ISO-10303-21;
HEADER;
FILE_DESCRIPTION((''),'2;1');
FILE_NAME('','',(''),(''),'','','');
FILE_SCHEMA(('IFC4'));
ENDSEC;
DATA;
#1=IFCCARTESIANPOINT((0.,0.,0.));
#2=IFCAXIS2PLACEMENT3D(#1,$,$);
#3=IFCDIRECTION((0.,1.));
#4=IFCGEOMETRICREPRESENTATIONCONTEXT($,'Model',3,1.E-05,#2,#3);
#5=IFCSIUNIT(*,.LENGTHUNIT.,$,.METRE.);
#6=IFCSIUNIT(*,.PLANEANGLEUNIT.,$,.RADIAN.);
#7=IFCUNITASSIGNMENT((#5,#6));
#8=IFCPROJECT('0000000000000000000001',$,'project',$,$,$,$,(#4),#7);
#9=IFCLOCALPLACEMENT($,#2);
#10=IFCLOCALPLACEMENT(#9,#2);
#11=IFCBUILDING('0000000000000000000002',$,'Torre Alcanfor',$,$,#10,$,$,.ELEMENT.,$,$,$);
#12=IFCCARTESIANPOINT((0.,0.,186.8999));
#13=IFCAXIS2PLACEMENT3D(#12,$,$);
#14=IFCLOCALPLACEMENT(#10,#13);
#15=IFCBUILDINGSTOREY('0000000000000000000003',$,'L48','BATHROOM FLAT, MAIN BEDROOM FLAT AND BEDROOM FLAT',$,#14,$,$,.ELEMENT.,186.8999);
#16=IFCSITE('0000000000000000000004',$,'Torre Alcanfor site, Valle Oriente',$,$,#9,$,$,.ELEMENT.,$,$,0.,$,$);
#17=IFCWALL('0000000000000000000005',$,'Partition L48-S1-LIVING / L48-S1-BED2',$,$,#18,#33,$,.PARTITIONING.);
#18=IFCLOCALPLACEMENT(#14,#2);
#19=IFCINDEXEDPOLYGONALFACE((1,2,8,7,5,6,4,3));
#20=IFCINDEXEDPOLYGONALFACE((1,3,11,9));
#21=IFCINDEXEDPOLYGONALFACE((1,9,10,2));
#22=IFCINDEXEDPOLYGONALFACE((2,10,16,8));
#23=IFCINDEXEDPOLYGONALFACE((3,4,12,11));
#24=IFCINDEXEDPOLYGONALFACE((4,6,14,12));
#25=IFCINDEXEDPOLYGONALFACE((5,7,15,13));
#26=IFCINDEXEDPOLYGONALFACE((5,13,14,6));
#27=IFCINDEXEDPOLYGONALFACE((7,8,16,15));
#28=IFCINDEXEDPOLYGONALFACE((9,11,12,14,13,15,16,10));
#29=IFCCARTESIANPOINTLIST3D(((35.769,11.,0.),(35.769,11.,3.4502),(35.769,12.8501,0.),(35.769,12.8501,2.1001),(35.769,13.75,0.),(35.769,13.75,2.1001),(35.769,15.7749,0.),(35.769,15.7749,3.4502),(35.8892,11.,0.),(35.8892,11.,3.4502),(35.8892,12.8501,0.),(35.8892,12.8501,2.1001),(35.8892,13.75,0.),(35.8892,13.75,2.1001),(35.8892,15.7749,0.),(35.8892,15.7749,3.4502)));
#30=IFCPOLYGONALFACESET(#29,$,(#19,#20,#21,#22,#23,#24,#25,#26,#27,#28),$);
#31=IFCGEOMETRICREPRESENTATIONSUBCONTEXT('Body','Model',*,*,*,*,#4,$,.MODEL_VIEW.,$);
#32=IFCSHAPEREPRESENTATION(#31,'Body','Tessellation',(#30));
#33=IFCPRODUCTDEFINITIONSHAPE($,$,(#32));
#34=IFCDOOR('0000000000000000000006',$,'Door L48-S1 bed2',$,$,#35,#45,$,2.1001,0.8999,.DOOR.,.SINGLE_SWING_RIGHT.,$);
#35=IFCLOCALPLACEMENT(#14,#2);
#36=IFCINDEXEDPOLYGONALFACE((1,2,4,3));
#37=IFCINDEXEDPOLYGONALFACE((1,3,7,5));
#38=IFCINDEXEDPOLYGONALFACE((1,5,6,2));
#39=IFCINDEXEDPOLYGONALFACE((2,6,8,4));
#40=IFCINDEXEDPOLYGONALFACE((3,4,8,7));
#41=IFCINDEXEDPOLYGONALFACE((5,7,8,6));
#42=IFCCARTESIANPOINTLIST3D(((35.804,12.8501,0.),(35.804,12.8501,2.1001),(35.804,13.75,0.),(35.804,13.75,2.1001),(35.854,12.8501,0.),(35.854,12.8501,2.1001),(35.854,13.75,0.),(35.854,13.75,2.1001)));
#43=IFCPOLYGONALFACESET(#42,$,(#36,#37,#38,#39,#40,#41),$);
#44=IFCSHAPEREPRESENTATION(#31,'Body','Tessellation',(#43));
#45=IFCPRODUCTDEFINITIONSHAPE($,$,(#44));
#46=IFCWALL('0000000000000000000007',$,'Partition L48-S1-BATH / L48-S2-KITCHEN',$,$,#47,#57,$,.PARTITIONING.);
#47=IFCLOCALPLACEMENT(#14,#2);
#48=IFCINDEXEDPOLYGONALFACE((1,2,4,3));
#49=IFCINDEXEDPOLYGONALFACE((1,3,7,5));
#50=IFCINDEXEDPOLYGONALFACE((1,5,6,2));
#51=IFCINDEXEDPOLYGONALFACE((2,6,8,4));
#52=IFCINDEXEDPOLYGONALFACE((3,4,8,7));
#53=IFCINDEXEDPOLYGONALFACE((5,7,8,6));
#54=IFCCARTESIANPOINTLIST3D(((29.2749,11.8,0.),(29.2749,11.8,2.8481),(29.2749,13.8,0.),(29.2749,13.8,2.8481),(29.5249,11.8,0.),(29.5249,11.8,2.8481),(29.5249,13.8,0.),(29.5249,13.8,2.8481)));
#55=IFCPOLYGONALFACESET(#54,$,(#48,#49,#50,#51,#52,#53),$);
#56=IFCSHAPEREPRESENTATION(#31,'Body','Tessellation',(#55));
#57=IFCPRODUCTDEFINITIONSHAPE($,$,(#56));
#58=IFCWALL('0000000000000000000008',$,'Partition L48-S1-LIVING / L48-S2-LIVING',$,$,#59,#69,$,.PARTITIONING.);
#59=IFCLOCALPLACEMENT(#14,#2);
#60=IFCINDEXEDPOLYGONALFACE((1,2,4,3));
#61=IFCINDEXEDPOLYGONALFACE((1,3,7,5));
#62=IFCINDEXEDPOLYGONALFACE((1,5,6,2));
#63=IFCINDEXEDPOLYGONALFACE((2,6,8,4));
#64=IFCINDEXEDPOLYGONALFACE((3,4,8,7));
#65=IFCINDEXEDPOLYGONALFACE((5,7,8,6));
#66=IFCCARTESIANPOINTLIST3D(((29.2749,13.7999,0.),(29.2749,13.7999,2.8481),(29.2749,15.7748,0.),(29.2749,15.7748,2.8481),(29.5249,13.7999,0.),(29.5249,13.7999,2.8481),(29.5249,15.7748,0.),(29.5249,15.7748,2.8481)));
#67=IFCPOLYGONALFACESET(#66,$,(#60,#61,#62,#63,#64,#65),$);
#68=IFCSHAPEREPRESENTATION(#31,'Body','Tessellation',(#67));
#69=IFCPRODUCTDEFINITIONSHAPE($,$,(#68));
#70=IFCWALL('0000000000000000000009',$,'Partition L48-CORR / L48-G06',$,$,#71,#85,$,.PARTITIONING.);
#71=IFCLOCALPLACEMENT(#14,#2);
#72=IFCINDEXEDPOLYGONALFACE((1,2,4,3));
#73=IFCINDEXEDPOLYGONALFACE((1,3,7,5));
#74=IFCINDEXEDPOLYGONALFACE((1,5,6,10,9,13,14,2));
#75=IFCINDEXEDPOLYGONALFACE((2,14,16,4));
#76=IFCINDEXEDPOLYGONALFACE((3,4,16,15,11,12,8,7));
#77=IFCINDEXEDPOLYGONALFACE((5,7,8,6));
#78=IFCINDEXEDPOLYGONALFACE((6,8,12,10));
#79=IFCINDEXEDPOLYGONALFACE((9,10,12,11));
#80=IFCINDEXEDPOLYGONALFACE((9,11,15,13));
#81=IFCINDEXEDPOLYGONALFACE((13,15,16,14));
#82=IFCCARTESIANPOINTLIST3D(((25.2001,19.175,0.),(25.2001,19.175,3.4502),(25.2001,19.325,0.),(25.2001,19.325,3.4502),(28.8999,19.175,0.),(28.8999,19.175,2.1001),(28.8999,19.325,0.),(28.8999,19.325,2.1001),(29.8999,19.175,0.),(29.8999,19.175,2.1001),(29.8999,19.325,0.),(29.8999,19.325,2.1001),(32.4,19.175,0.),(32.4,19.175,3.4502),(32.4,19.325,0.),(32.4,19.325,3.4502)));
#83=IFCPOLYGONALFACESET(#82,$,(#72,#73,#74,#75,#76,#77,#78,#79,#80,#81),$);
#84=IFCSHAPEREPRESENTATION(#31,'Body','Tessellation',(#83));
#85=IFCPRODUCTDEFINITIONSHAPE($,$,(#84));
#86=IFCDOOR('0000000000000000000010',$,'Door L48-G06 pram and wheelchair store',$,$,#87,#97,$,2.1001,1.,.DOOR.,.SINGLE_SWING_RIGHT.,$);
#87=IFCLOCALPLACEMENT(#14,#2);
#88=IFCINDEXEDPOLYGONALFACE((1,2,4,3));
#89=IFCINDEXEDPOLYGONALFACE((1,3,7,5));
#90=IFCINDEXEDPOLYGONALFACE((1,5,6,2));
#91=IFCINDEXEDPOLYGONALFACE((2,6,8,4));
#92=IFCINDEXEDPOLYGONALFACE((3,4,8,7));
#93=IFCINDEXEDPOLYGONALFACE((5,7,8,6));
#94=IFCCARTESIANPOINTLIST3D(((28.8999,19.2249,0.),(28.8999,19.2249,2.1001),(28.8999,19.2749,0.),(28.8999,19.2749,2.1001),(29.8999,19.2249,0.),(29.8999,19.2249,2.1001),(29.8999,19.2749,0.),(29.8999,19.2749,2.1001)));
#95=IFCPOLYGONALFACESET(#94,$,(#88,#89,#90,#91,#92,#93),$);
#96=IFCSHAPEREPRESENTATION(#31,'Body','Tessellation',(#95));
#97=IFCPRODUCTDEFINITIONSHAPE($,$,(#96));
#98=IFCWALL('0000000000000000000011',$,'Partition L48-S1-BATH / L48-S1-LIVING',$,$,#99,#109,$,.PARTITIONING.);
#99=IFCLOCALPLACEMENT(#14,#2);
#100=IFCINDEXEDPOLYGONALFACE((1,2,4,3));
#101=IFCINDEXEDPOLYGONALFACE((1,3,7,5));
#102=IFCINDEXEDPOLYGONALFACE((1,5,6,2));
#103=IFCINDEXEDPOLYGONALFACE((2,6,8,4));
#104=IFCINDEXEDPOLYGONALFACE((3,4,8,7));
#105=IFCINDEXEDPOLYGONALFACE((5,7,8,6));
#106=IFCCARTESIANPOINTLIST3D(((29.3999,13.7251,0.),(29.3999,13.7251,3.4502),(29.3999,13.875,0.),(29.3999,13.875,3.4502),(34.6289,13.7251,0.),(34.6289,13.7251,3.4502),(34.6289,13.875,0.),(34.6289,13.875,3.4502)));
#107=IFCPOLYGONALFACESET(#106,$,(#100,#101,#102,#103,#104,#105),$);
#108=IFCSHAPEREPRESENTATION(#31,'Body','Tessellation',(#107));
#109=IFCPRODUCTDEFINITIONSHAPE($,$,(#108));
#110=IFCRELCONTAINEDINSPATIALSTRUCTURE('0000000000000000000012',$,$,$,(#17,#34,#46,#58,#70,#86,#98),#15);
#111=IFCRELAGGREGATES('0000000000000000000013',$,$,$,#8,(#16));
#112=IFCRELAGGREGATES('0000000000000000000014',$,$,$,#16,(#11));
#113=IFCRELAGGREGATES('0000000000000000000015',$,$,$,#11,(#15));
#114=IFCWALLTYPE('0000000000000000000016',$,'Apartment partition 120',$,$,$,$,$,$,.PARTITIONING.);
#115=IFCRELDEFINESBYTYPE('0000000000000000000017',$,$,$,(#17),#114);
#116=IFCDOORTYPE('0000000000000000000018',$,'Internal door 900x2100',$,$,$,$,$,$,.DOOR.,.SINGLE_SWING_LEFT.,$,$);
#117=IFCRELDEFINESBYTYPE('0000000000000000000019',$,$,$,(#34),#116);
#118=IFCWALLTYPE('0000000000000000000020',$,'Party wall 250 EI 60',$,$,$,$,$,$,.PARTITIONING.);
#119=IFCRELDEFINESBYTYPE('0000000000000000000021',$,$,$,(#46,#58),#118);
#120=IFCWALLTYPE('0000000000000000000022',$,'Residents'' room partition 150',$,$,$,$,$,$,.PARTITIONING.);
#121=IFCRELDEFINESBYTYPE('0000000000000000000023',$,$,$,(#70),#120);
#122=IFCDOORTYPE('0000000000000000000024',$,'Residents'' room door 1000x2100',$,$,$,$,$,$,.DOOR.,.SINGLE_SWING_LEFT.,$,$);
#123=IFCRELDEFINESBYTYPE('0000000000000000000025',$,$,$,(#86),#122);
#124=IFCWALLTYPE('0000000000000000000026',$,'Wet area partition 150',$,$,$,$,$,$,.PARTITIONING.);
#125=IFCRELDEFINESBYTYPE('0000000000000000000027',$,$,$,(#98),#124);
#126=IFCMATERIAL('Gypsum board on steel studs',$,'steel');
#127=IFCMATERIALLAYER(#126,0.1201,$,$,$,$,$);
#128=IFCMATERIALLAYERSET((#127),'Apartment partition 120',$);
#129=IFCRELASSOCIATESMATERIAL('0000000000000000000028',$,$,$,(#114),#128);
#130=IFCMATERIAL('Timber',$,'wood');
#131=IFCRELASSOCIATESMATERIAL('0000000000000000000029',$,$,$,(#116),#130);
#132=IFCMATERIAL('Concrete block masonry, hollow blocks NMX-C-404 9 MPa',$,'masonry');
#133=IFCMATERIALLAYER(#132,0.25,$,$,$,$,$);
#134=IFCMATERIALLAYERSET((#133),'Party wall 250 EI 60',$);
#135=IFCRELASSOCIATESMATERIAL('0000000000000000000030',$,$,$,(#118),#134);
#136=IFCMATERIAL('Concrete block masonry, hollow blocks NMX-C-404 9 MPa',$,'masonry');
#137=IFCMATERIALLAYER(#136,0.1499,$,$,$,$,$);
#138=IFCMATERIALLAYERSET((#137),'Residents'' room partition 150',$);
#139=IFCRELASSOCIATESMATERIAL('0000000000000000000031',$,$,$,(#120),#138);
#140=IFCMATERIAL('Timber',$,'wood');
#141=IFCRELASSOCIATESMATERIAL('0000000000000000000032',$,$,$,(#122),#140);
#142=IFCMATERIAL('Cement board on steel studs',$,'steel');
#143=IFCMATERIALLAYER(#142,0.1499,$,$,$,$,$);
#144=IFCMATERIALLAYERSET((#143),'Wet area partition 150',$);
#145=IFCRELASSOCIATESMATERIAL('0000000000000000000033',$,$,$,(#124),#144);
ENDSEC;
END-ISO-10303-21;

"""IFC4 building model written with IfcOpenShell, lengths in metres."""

from ifc_helpers import new_model, si_unit, direction, frame, frame_2d, origin, place, context, subcontext, project, spatial, rectangle, extrude, material, layer, layer_set, type_object, element, fill, save


model = new_model("IFC4")

# Units and contexts
model_context = context("Model", 3, precision=1e-05, world=origin(), true_north=direction((0.0, 1.0)))
body_context = subcontext(model_context, "Body", "Model", "MODEL_VIEW")
ifc_project = project(units=[si_unit("LENGTHUNIT", "METRE"), si_unit("PLANEANGLEUNIT", "RADIAN")], contexts=[model_context])

# Site, building, storey
site_placement = place(None, origin())
site = spatial("IfcSite", under=ifc_project, at=site_placement, Name="Torre Alcanfor site, Valle Oriente", CompositionType="ELEMENT", RefElevation=0.0)
building_placement = place(site_placement, origin())
building = spatial("IfcBuilding", under=site, at=building_placement, Name="Torre Alcanfor", CompositionType="ELEMENT")
storey_placement = place(building_placement, frame((0.0, 0.0, 186.8999)))
storey = spatial("IfcBuildingStorey", under=building, at=storey_placement, Name="L48", Description="BATHROOM FLAT, MAIN BEDROOM FLAT AND BEDROOM FLAT", CompositionType="ELEMENT", Elevation=186.8999)

# Wall, opening, door
ifc_material_1 = material(Name="Gypsum board on steel studs", Category="steel")
ifc_layer_1 = layer(ifc_material_1, 0.1201)
ifc_layer_set_1 = layer_set([ifc_layer_1], Name="Apartment partition 120")
wall_type_1 = type_object("IfcWallType", Name="Apartment partition 120", PredefinedType="PARTITIONING", material=ifc_layer_set_1)
wall_1_placement = place(storey_placement, frame((35.8291, 15.7749, 0.0), z_axis=(0.0, 0.0, 1.0), x_axis=(0.0, -1.0, 0.0)))
wall_1 = element("IfcWall", 1, at=wall_1_placement, inside=storey, type_object=wall_type_1, Name="Partition L48-S1-LIVING / L48-S1-BED2", PredefinedType="PARTITIONING", context=body_context, shape_type="SweptSolid", body=[
    extrude(rectangle(XDim=4.7749, YDim=0.1201, at=frame_2d((2.3875, 0.0))), origin(), (0.0, 0.0, 1.0), 3.4502),
])
opening_1_placement = place(wall_1_placement, frame((2.0249, 0.0, 0.0)))
opening_1 = element("IfcOpeningElement", 2, at=opening_1_placement, cuts=wall_1, PredefinedType="OPENING", context=body_context, shape_type="SweptSolid", body=[
    extrude(rectangle(XDim=0.8999, YDim=2.1001, at=frame_2d((0.45, 1.05))), frame((0.0, 0.0701, 0.0), z_axis=(0.0, -1.0, 0.0), x_axis=(1.0, 0.0, 0.0)), (0.0, 0.0, 1.0), 0.1401),
])
ifc_material_2 = material(Name="Timber", Category="wood")
door_type_1 = type_object("IfcDoorType", Name="Internal door 900x2100", OperationType="SINGLE_SWING_LEFT", PredefinedType="DOOR", material=ifc_material_2)
door_1_placement = place(opening_1_placement, origin())
door_1 = element("IfcDoor", 3, at=door_1_placement, inside=storey, type_object=door_type_1, Name="Door L48-S1 bed2", OperationType="SINGLE_SWING_RIGHT", OverallHeight=2.1001, OverallWidth=0.8999, PredefinedType="DOOR", context=body_context, shape_type="SweptSolid", body=[
    extrude(rectangle(XDim=0.8999, YDim=2.1001, at=frame_2d((0.45, 1.05))), frame((0.0, 0.0249, 0.0), z_axis=(0.0, -1.0, 0.0), x_axis=(1.0, 0.0, 0.0)), (0.0, 0.0, 1.0), 0.05),
])
fill(opening_1, door_1)

# Walls
ifc_material_3 = material(Name="Concrete block masonry, hollow blocks NMX-C-404 9 MPa", Category="masonry")
ifc_layer_2 = layer(ifc_material_3, 0.25)
ifc_layer_set_2 = layer_set([ifc_layer_2], Name="Party wall 250 EI 60")
wall_type_2 = type_object("IfcWallType", Name="Party wall 250 EI 60", PredefinedType="PARTITIONING", material=ifc_layer_set_2)
wall_2_placement = place(storey_placement, frame((29.3999, 13.8, 0.0), z_axis=(0.0, 0.0, 1.0), x_axis=(0.0, -1.0, 0.0)))
element("IfcWall", 4, at=wall_2_placement, inside=storey, type_object=wall_type_2, Name="Partition L48-S1-BATH / L48-S2-KITCHEN", PredefinedType="PARTITIONING", context=body_context, shape_type="SweptSolid", body=[
    extrude(rectangle(XDim=2.0, YDim=0.25, at=frame_2d((1.0, 0.0))), origin(), (0.0, 0.0, 1.0), 2.8481),
])
wall_3_placement = place(storey_placement, frame((29.3999, 13.8, 0.0), z_axis=(0.0, 0.0, 1.0), x_axis=(0.0, 1.0, 0.0)))
element("IfcWall", 5, at=wall_3_placement, inside=storey, type_object=wall_type_2, Name="Partition L48-S1-LIVING / L48-S2-LIVING", PredefinedType="PARTITIONING", context=body_context, shape_type="SweptSolid", body=[
    extrude(rectangle(XDim=1.9749, YDim=0.25, at=frame_2d((0.9873, 0.0))), origin(), (0.0, 0.0, 1.0), 2.8481),
])

# Wall, opening, door
ifc_material_4 = material(Name="Concrete block masonry, hollow blocks NMX-C-404 9 MPa", Category="masonry")
ifc_layer_3 = layer(ifc_material_4, 0.1499)
ifc_layer_set_3 = layer_set([ifc_layer_3], Name="Residents' room partition 150")
wall_type_3 = type_object("IfcWallType", Name="Residents' room partition 150", PredefinedType="PARTITIONING", material=ifc_layer_set_3)
wall_4_placement = place(storey_placement, frame((25.2, 19.25, 0.0), z_axis=(0.0, 0.0, 1.0), x_axis=(1.0, 0.0, 0.0)))
wall_4 = element("IfcWall", 6, at=wall_4_placement, inside=storey, type_object=wall_type_3, Name="Partition L48-CORR / L48-G06", PredefinedType="PARTITIONING", context=body_context, shape_type="SweptSolid", body=[
    extrude(rectangle(XDim=7.2, YDim=0.1499, at=frame_2d((3.6001, 0.0))), origin(), (0.0, 0.0, 1.0), 3.4502),
])
opening_2_placement = place(wall_4_placement, frame((3.7, 0.0, 0.0)))
opening_2 = element("IfcOpeningElement", 7, at=opening_2_placement, cuts=wall_4, PredefinedType="OPENING", context=body_context, shape_type="SweptSolid", body=[
    extrude(rectangle(XDim=1.0, YDim=2.1001, at=frame_2d((0.5, 1.05))), frame((0.0, 0.085, 0.0), z_axis=(0.0, -1.0, 0.0), x_axis=(1.0, 0.0, 0.0)), (0.0, 0.0, 1.0), 0.1699),
])
ifc_material_5 = material(Name="Timber", Category="wood")
door_type_2 = type_object("IfcDoorType", Name="Residents' room door 1000x2100", OperationType="SINGLE_SWING_LEFT", PredefinedType="DOOR", material=ifc_material_5)
door_2_placement = place(opening_2_placement, origin())
door_2 = element("IfcDoor", 8, at=door_2_placement, inside=storey, type_object=door_type_2, Name="Door L48-G06 pram and wheelchair store", OperationType="SINGLE_SWING_RIGHT", OverallHeight=2.1001, OverallWidth=1.0, PredefinedType="DOOR", context=body_context, shape_type="SweptSolid", body=[
    extrude(rectangle(XDim=1.0, YDim=2.1001, at=frame_2d((0.5, 1.05))), frame((0.0, 0.0249, 0.0), z_axis=(0.0, -1.0, 0.0), x_axis=(1.0, 0.0, 0.0)), (0.0, 0.0, 1.0), 0.05),
])
fill(opening_2, door_2)

# Wall
ifc_material_6 = material(Name="Cement board on steel studs", Category="steel")
ifc_layer_4 = layer(ifc_material_6, 0.1499)
ifc_layer_set_4 = layer_set([ifc_layer_4], Name="Wet area partition 150")
wall_type_4 = type_object("IfcWallType", Name="Wet area partition 150", PredefinedType="PARTITIONING", material=ifc_layer_set_4)
wall_5_placement = place(storey_placement, frame((34.6289, 13.8, 0.0), z_axis=(0.0, 0.0, 1.0), x_axis=(-1.0, 0.0, 0.0)))
element("IfcWall", 9, at=wall_5_placement, inside=storey, type_object=wall_type_4, Name="Partition L48-S1-BATH / L48-S1-LIVING", PredefinedType="PARTITIONING", context=body_context, shape_type="SweptSolid", body=[
    extrude(rectangle(XDim=5.229, YDim=0.1499, at=frame_2d((2.6145, 0.0))), origin(), (0.0, 0.0, 1.0), 3.4502),
])

save(model, "model.ifc")
